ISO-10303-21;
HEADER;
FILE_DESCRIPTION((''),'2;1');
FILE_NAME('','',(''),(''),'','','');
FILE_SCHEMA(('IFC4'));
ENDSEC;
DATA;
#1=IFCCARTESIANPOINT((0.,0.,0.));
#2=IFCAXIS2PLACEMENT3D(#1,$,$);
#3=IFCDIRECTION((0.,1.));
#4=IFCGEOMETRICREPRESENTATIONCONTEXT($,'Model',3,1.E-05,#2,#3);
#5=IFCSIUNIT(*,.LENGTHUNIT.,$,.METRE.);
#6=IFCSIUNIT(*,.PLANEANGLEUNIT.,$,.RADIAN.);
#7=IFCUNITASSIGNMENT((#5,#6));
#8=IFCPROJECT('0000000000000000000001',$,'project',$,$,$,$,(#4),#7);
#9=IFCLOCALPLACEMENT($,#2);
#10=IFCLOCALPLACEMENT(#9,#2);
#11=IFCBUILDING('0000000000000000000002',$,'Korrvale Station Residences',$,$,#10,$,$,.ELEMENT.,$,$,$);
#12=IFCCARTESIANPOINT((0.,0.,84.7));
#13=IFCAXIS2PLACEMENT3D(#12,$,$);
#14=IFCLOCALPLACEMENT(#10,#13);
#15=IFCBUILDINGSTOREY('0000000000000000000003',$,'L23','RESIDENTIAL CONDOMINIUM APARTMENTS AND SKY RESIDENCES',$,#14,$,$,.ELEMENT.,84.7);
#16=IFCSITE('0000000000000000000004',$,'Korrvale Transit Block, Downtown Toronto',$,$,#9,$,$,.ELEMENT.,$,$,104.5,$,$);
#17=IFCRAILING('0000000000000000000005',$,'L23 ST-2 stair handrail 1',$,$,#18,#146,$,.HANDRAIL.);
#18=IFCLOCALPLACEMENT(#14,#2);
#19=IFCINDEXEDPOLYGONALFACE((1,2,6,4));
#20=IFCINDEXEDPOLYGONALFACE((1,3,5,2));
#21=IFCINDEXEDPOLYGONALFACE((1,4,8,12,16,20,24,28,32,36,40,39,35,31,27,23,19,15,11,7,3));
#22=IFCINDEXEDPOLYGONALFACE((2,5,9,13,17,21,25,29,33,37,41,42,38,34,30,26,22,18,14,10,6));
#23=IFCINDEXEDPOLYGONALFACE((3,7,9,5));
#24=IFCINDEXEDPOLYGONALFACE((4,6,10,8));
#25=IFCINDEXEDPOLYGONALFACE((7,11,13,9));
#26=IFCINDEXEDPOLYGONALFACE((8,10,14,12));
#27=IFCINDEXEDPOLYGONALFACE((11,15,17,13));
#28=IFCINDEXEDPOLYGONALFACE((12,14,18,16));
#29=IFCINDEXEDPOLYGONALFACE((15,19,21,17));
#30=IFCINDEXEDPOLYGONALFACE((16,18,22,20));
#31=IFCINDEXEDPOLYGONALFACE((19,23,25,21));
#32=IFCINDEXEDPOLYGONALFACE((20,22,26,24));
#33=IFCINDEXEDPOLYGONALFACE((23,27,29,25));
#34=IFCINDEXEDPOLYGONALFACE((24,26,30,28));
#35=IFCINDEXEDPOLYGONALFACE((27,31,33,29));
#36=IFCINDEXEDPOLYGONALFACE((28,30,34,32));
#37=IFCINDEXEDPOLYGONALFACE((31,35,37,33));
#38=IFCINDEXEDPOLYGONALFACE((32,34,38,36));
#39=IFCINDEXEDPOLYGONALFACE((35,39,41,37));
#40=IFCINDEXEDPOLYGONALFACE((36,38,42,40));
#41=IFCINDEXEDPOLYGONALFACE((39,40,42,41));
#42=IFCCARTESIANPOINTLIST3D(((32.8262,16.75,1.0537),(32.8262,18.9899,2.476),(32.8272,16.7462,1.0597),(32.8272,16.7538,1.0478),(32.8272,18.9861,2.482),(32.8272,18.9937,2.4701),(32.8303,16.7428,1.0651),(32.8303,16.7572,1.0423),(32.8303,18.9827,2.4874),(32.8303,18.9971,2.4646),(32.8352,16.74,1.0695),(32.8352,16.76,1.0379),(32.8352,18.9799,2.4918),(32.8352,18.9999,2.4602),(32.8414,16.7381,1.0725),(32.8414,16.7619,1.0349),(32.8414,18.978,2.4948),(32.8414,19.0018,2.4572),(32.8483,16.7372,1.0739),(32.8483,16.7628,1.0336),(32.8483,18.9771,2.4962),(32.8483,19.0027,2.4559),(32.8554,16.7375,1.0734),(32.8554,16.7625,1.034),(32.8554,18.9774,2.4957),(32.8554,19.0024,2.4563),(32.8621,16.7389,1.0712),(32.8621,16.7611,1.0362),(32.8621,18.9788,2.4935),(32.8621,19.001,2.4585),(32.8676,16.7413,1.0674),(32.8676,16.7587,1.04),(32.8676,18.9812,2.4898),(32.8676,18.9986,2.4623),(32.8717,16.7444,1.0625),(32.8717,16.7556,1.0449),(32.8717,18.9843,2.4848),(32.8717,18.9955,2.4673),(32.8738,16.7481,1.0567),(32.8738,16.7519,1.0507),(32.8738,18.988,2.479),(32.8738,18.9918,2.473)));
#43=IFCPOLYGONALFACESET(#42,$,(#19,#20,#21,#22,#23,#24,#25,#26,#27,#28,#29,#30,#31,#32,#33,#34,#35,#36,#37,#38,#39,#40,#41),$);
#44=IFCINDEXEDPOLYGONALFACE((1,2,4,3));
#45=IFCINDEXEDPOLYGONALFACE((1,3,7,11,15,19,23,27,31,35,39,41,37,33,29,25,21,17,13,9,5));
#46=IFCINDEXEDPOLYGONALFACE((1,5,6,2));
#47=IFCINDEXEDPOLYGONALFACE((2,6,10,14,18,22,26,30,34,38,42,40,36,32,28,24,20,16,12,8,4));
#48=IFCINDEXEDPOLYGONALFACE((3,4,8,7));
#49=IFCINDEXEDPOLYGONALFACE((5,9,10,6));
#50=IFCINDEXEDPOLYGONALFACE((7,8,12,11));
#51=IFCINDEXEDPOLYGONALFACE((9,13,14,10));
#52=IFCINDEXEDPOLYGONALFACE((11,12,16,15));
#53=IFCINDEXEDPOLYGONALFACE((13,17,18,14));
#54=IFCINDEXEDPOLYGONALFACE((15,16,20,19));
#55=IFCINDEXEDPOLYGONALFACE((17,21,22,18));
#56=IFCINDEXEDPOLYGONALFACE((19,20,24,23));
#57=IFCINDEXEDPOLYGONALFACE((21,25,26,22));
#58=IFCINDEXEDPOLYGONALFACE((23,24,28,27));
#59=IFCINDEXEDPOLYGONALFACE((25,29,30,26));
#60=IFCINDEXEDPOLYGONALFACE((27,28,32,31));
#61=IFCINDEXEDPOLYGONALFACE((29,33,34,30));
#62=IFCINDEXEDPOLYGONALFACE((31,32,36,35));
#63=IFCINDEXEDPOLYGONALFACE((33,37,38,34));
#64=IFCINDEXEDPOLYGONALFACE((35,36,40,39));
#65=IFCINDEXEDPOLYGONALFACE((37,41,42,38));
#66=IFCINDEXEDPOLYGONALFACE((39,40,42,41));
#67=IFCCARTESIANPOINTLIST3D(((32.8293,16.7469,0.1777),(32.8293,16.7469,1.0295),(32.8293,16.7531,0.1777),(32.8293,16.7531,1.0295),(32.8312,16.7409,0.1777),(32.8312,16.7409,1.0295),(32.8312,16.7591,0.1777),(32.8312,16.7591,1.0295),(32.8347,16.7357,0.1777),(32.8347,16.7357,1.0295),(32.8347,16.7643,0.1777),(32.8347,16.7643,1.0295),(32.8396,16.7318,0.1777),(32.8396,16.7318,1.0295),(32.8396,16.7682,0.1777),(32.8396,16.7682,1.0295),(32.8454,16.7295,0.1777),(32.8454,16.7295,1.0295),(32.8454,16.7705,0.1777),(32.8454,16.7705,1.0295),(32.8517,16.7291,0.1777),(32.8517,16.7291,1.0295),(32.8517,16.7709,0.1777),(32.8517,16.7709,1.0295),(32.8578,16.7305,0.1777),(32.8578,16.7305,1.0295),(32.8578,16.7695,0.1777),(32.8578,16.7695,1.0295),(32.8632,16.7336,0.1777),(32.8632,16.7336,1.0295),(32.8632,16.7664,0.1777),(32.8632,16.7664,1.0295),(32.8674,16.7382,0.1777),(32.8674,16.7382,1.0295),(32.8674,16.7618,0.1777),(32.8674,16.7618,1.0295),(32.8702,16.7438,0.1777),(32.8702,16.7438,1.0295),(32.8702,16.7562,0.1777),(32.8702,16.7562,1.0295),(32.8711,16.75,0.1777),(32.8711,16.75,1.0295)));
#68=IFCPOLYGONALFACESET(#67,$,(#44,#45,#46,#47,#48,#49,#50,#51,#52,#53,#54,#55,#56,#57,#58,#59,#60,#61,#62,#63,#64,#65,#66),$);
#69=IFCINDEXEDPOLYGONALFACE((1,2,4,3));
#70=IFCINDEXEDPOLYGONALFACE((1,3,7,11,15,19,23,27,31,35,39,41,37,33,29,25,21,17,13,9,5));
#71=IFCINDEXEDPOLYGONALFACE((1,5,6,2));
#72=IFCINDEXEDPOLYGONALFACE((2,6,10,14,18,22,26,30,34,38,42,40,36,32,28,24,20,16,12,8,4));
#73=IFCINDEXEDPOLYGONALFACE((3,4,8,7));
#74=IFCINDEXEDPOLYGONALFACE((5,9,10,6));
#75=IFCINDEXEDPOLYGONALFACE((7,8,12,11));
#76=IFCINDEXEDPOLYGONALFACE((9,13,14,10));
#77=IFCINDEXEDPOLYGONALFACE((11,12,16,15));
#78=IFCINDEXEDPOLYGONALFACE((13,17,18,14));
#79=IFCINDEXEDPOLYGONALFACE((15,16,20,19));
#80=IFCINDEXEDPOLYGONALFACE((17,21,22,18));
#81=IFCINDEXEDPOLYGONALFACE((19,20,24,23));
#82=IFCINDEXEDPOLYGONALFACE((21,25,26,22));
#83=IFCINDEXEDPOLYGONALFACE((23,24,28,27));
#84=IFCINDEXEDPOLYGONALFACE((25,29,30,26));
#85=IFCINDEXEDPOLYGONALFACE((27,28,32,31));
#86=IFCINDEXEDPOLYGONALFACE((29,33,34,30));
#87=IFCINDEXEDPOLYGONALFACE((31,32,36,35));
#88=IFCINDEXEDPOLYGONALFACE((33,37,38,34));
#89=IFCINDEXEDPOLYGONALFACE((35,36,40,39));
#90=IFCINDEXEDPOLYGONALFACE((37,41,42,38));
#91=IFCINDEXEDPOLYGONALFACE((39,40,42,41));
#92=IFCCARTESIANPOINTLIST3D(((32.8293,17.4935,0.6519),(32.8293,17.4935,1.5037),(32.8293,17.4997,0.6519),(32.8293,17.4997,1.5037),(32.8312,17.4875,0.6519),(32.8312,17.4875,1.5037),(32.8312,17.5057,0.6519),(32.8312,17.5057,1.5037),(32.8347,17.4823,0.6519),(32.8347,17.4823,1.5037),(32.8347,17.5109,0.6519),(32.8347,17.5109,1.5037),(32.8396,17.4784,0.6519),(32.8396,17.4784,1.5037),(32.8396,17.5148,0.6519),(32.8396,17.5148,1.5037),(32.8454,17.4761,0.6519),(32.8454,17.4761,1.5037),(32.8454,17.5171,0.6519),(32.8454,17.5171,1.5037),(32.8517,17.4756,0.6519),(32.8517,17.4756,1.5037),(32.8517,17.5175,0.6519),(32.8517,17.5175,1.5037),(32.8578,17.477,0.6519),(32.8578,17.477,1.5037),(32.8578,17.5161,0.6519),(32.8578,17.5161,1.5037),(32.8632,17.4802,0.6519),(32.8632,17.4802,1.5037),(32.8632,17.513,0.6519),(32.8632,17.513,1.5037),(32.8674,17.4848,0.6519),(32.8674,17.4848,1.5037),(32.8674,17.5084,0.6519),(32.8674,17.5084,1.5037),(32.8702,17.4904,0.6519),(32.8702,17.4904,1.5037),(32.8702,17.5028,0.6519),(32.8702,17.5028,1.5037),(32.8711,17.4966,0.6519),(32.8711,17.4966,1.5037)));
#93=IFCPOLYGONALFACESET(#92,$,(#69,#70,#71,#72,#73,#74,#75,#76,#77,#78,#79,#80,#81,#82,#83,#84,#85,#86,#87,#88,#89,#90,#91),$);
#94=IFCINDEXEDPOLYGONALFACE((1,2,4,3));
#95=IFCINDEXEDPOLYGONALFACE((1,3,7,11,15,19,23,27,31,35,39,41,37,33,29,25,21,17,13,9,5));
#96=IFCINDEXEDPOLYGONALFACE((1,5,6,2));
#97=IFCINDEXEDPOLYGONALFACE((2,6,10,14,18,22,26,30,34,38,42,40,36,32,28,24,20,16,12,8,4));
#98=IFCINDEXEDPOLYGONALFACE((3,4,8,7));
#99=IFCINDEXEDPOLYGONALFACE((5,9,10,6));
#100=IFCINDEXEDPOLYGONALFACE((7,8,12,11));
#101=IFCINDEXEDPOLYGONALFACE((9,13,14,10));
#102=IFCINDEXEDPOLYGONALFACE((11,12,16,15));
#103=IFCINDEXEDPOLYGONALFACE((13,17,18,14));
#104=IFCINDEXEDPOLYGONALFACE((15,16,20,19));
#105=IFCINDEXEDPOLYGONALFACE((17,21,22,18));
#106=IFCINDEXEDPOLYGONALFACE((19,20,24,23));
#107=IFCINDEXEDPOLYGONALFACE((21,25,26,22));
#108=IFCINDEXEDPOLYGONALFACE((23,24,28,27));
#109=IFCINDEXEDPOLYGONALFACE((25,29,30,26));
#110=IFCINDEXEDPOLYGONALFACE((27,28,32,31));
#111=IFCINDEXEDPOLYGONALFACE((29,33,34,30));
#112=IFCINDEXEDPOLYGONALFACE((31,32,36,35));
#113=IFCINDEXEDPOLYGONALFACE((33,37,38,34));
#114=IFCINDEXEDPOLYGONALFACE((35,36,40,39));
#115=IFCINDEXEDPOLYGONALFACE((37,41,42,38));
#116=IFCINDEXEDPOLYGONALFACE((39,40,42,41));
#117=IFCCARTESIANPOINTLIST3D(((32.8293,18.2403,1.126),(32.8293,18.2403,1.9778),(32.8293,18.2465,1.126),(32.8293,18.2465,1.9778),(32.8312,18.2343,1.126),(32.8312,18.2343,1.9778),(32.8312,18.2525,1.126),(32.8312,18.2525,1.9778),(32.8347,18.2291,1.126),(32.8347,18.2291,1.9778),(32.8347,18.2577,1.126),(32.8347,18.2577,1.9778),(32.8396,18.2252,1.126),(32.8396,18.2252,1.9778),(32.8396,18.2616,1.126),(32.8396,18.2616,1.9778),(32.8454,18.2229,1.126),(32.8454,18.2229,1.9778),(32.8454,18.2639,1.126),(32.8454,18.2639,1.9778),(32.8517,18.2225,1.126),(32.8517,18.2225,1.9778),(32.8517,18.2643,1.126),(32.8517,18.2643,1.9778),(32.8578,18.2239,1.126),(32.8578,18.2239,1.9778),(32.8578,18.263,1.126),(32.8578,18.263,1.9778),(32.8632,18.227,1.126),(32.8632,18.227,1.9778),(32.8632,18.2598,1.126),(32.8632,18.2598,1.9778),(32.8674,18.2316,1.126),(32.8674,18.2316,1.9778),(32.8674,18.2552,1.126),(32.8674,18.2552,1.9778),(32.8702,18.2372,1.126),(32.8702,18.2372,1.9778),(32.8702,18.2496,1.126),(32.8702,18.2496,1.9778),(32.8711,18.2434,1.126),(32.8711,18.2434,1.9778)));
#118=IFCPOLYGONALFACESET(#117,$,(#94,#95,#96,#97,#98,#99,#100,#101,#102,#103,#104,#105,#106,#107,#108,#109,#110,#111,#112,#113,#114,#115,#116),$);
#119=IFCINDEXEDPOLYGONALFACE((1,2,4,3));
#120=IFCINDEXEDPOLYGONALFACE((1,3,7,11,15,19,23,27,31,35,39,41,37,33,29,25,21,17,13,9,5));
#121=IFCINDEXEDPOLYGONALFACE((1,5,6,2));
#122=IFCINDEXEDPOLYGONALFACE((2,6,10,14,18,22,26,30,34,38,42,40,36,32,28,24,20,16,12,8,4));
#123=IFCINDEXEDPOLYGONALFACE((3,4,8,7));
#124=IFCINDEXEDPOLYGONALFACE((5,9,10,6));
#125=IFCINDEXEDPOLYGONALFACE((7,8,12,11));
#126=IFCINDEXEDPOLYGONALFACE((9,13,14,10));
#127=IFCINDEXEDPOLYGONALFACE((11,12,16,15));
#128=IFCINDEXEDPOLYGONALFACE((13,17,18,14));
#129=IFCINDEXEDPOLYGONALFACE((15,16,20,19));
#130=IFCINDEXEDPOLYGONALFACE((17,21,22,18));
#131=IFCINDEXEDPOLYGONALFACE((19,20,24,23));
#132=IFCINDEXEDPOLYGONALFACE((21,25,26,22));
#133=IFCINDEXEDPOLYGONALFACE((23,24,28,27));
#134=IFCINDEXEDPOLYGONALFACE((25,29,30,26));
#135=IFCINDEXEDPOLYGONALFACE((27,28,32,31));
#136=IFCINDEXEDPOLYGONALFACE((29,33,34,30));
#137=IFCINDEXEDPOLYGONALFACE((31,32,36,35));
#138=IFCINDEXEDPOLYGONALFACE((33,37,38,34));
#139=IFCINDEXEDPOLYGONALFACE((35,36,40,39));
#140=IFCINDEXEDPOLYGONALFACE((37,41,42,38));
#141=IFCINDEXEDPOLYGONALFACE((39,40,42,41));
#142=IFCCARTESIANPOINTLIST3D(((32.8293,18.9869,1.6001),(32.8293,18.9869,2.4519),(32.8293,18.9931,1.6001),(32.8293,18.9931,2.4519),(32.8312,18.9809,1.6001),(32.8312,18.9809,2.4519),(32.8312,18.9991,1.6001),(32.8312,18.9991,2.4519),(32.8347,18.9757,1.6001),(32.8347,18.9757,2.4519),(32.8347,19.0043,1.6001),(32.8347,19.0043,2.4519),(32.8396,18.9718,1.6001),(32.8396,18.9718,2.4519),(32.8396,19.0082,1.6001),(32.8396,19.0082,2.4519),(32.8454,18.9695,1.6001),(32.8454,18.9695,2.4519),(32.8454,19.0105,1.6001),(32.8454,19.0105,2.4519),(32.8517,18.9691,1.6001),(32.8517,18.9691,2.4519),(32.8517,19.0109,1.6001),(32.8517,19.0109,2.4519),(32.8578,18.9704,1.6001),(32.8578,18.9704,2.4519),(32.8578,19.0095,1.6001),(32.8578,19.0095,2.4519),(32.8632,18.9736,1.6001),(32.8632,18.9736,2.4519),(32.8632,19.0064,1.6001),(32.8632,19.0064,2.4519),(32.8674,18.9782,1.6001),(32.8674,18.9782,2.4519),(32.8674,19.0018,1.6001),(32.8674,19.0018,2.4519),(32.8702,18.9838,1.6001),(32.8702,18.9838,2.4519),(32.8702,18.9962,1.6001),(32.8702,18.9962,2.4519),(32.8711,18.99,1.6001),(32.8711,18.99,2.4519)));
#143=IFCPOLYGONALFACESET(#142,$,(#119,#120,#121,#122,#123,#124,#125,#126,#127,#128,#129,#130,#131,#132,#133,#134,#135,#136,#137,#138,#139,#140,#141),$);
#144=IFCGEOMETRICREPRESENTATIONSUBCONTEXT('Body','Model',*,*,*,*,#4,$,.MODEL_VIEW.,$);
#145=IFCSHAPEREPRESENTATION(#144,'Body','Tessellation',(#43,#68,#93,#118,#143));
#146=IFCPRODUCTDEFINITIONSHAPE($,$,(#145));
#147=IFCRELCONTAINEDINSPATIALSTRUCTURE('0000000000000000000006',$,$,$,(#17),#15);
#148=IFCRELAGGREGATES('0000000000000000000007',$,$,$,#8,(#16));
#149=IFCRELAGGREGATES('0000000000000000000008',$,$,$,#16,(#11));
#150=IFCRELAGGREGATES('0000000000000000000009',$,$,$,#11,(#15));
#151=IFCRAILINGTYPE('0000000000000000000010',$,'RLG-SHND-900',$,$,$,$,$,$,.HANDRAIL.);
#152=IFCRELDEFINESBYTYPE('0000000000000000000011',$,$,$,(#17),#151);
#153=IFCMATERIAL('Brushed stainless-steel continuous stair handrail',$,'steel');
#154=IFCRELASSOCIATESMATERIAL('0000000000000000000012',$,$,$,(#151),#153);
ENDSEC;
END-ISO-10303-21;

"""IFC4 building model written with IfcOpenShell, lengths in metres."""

from ifc_helpers import new_model, si_unit, direction, frame, origin, origin_2d, place, context, subcontext, project, spatial, circle, extrude, material, type_object, element, save


model = new_model("IFC4")

# Units and contexts
model_context = context("Model", 3, precision=1e-05, world=origin(), true_north=direction((0.0, 1.0)))
body_context = subcontext(model_context, "Body", "Model", "MODEL_VIEW")
ifc_project = project(units=[si_unit("LENGTHUNIT", "METRE"), si_unit("PLANEANGLEUNIT", "RADIAN")], contexts=[model_context])

# Site, building, storey
site_placement = place(None, origin())
site = spatial("IfcSite", under=ifc_project, at=site_placement, Name="Korrvale Transit Block, Downtown Toronto", CompositionType="ELEMENT", RefElevation=104.5)
building_placement = place(site_placement, origin())
building = spatial("IfcBuilding", under=site, at=building_placement, Name="Korrvale Station Residences", CompositionType="ELEMENT")
storey_placement = place(building_placement, frame((0.0, 0.0, 84.7)))
storey = spatial("IfcBuildingStorey", under=building, at=storey_placement, Name="L23", Description="RESIDENTIAL CONDOMINIUM APARTMENTS AND SKY RESIDENCES", CompositionType="ELEMENT", Elevation=84.7)

# Railing
ifc_material_1 = material(Name="Brushed stainless-steel continuous stair handrail", Category="steel")
railing_type_1 = type_object("IfcRailingType", Name="RLG-SHND-900", PredefinedType="HANDRAIL", material=ifc_material_1)
railing_1_placement = place(storey_placement, frame((32.8501, 16.75, 0.1777)))
element("IfcRailing", 1, at=railing_1_placement, inside=storey, type_object=railing_type_1, Name="L23 ST-2 stair handrail 1", PredefinedType="HANDRAIL", context=body_context, shape_type="SweptSolid", body=[
    extrude(circle(Radius=0.0239, at=origin_2d()), frame((0.0, 0.0, 0.876), z_axis=(0.0, 0.844188, 0.536048), x_axis=(-1.0, 0.0, 0.0)), (0.0, 0.0, 1.0), 2.6533),
    extrude(circle(Radius=0.021, at=origin_2d()), origin(), (0.0, 0.0, 1.0), 0.8518),
    extrude(circle(Radius=0.021, at=origin_2d()), frame((0.0, 0.7466, 0.4741)), (0.0, 0.0, 1.0), 0.8518),
    extrude(circle(Radius=0.021, at=origin_2d()), frame((0.0, 1.4934, 0.9482)), (0.0, 0.0, 1.0), 0.8518),
    extrude(circle(Radius=0.021, at=origin_2d()), frame((0.0, 2.24, 1.4224)), (0.0, 0.0, 1.0), 0.8518),
])

save(model, "model.ifc")
